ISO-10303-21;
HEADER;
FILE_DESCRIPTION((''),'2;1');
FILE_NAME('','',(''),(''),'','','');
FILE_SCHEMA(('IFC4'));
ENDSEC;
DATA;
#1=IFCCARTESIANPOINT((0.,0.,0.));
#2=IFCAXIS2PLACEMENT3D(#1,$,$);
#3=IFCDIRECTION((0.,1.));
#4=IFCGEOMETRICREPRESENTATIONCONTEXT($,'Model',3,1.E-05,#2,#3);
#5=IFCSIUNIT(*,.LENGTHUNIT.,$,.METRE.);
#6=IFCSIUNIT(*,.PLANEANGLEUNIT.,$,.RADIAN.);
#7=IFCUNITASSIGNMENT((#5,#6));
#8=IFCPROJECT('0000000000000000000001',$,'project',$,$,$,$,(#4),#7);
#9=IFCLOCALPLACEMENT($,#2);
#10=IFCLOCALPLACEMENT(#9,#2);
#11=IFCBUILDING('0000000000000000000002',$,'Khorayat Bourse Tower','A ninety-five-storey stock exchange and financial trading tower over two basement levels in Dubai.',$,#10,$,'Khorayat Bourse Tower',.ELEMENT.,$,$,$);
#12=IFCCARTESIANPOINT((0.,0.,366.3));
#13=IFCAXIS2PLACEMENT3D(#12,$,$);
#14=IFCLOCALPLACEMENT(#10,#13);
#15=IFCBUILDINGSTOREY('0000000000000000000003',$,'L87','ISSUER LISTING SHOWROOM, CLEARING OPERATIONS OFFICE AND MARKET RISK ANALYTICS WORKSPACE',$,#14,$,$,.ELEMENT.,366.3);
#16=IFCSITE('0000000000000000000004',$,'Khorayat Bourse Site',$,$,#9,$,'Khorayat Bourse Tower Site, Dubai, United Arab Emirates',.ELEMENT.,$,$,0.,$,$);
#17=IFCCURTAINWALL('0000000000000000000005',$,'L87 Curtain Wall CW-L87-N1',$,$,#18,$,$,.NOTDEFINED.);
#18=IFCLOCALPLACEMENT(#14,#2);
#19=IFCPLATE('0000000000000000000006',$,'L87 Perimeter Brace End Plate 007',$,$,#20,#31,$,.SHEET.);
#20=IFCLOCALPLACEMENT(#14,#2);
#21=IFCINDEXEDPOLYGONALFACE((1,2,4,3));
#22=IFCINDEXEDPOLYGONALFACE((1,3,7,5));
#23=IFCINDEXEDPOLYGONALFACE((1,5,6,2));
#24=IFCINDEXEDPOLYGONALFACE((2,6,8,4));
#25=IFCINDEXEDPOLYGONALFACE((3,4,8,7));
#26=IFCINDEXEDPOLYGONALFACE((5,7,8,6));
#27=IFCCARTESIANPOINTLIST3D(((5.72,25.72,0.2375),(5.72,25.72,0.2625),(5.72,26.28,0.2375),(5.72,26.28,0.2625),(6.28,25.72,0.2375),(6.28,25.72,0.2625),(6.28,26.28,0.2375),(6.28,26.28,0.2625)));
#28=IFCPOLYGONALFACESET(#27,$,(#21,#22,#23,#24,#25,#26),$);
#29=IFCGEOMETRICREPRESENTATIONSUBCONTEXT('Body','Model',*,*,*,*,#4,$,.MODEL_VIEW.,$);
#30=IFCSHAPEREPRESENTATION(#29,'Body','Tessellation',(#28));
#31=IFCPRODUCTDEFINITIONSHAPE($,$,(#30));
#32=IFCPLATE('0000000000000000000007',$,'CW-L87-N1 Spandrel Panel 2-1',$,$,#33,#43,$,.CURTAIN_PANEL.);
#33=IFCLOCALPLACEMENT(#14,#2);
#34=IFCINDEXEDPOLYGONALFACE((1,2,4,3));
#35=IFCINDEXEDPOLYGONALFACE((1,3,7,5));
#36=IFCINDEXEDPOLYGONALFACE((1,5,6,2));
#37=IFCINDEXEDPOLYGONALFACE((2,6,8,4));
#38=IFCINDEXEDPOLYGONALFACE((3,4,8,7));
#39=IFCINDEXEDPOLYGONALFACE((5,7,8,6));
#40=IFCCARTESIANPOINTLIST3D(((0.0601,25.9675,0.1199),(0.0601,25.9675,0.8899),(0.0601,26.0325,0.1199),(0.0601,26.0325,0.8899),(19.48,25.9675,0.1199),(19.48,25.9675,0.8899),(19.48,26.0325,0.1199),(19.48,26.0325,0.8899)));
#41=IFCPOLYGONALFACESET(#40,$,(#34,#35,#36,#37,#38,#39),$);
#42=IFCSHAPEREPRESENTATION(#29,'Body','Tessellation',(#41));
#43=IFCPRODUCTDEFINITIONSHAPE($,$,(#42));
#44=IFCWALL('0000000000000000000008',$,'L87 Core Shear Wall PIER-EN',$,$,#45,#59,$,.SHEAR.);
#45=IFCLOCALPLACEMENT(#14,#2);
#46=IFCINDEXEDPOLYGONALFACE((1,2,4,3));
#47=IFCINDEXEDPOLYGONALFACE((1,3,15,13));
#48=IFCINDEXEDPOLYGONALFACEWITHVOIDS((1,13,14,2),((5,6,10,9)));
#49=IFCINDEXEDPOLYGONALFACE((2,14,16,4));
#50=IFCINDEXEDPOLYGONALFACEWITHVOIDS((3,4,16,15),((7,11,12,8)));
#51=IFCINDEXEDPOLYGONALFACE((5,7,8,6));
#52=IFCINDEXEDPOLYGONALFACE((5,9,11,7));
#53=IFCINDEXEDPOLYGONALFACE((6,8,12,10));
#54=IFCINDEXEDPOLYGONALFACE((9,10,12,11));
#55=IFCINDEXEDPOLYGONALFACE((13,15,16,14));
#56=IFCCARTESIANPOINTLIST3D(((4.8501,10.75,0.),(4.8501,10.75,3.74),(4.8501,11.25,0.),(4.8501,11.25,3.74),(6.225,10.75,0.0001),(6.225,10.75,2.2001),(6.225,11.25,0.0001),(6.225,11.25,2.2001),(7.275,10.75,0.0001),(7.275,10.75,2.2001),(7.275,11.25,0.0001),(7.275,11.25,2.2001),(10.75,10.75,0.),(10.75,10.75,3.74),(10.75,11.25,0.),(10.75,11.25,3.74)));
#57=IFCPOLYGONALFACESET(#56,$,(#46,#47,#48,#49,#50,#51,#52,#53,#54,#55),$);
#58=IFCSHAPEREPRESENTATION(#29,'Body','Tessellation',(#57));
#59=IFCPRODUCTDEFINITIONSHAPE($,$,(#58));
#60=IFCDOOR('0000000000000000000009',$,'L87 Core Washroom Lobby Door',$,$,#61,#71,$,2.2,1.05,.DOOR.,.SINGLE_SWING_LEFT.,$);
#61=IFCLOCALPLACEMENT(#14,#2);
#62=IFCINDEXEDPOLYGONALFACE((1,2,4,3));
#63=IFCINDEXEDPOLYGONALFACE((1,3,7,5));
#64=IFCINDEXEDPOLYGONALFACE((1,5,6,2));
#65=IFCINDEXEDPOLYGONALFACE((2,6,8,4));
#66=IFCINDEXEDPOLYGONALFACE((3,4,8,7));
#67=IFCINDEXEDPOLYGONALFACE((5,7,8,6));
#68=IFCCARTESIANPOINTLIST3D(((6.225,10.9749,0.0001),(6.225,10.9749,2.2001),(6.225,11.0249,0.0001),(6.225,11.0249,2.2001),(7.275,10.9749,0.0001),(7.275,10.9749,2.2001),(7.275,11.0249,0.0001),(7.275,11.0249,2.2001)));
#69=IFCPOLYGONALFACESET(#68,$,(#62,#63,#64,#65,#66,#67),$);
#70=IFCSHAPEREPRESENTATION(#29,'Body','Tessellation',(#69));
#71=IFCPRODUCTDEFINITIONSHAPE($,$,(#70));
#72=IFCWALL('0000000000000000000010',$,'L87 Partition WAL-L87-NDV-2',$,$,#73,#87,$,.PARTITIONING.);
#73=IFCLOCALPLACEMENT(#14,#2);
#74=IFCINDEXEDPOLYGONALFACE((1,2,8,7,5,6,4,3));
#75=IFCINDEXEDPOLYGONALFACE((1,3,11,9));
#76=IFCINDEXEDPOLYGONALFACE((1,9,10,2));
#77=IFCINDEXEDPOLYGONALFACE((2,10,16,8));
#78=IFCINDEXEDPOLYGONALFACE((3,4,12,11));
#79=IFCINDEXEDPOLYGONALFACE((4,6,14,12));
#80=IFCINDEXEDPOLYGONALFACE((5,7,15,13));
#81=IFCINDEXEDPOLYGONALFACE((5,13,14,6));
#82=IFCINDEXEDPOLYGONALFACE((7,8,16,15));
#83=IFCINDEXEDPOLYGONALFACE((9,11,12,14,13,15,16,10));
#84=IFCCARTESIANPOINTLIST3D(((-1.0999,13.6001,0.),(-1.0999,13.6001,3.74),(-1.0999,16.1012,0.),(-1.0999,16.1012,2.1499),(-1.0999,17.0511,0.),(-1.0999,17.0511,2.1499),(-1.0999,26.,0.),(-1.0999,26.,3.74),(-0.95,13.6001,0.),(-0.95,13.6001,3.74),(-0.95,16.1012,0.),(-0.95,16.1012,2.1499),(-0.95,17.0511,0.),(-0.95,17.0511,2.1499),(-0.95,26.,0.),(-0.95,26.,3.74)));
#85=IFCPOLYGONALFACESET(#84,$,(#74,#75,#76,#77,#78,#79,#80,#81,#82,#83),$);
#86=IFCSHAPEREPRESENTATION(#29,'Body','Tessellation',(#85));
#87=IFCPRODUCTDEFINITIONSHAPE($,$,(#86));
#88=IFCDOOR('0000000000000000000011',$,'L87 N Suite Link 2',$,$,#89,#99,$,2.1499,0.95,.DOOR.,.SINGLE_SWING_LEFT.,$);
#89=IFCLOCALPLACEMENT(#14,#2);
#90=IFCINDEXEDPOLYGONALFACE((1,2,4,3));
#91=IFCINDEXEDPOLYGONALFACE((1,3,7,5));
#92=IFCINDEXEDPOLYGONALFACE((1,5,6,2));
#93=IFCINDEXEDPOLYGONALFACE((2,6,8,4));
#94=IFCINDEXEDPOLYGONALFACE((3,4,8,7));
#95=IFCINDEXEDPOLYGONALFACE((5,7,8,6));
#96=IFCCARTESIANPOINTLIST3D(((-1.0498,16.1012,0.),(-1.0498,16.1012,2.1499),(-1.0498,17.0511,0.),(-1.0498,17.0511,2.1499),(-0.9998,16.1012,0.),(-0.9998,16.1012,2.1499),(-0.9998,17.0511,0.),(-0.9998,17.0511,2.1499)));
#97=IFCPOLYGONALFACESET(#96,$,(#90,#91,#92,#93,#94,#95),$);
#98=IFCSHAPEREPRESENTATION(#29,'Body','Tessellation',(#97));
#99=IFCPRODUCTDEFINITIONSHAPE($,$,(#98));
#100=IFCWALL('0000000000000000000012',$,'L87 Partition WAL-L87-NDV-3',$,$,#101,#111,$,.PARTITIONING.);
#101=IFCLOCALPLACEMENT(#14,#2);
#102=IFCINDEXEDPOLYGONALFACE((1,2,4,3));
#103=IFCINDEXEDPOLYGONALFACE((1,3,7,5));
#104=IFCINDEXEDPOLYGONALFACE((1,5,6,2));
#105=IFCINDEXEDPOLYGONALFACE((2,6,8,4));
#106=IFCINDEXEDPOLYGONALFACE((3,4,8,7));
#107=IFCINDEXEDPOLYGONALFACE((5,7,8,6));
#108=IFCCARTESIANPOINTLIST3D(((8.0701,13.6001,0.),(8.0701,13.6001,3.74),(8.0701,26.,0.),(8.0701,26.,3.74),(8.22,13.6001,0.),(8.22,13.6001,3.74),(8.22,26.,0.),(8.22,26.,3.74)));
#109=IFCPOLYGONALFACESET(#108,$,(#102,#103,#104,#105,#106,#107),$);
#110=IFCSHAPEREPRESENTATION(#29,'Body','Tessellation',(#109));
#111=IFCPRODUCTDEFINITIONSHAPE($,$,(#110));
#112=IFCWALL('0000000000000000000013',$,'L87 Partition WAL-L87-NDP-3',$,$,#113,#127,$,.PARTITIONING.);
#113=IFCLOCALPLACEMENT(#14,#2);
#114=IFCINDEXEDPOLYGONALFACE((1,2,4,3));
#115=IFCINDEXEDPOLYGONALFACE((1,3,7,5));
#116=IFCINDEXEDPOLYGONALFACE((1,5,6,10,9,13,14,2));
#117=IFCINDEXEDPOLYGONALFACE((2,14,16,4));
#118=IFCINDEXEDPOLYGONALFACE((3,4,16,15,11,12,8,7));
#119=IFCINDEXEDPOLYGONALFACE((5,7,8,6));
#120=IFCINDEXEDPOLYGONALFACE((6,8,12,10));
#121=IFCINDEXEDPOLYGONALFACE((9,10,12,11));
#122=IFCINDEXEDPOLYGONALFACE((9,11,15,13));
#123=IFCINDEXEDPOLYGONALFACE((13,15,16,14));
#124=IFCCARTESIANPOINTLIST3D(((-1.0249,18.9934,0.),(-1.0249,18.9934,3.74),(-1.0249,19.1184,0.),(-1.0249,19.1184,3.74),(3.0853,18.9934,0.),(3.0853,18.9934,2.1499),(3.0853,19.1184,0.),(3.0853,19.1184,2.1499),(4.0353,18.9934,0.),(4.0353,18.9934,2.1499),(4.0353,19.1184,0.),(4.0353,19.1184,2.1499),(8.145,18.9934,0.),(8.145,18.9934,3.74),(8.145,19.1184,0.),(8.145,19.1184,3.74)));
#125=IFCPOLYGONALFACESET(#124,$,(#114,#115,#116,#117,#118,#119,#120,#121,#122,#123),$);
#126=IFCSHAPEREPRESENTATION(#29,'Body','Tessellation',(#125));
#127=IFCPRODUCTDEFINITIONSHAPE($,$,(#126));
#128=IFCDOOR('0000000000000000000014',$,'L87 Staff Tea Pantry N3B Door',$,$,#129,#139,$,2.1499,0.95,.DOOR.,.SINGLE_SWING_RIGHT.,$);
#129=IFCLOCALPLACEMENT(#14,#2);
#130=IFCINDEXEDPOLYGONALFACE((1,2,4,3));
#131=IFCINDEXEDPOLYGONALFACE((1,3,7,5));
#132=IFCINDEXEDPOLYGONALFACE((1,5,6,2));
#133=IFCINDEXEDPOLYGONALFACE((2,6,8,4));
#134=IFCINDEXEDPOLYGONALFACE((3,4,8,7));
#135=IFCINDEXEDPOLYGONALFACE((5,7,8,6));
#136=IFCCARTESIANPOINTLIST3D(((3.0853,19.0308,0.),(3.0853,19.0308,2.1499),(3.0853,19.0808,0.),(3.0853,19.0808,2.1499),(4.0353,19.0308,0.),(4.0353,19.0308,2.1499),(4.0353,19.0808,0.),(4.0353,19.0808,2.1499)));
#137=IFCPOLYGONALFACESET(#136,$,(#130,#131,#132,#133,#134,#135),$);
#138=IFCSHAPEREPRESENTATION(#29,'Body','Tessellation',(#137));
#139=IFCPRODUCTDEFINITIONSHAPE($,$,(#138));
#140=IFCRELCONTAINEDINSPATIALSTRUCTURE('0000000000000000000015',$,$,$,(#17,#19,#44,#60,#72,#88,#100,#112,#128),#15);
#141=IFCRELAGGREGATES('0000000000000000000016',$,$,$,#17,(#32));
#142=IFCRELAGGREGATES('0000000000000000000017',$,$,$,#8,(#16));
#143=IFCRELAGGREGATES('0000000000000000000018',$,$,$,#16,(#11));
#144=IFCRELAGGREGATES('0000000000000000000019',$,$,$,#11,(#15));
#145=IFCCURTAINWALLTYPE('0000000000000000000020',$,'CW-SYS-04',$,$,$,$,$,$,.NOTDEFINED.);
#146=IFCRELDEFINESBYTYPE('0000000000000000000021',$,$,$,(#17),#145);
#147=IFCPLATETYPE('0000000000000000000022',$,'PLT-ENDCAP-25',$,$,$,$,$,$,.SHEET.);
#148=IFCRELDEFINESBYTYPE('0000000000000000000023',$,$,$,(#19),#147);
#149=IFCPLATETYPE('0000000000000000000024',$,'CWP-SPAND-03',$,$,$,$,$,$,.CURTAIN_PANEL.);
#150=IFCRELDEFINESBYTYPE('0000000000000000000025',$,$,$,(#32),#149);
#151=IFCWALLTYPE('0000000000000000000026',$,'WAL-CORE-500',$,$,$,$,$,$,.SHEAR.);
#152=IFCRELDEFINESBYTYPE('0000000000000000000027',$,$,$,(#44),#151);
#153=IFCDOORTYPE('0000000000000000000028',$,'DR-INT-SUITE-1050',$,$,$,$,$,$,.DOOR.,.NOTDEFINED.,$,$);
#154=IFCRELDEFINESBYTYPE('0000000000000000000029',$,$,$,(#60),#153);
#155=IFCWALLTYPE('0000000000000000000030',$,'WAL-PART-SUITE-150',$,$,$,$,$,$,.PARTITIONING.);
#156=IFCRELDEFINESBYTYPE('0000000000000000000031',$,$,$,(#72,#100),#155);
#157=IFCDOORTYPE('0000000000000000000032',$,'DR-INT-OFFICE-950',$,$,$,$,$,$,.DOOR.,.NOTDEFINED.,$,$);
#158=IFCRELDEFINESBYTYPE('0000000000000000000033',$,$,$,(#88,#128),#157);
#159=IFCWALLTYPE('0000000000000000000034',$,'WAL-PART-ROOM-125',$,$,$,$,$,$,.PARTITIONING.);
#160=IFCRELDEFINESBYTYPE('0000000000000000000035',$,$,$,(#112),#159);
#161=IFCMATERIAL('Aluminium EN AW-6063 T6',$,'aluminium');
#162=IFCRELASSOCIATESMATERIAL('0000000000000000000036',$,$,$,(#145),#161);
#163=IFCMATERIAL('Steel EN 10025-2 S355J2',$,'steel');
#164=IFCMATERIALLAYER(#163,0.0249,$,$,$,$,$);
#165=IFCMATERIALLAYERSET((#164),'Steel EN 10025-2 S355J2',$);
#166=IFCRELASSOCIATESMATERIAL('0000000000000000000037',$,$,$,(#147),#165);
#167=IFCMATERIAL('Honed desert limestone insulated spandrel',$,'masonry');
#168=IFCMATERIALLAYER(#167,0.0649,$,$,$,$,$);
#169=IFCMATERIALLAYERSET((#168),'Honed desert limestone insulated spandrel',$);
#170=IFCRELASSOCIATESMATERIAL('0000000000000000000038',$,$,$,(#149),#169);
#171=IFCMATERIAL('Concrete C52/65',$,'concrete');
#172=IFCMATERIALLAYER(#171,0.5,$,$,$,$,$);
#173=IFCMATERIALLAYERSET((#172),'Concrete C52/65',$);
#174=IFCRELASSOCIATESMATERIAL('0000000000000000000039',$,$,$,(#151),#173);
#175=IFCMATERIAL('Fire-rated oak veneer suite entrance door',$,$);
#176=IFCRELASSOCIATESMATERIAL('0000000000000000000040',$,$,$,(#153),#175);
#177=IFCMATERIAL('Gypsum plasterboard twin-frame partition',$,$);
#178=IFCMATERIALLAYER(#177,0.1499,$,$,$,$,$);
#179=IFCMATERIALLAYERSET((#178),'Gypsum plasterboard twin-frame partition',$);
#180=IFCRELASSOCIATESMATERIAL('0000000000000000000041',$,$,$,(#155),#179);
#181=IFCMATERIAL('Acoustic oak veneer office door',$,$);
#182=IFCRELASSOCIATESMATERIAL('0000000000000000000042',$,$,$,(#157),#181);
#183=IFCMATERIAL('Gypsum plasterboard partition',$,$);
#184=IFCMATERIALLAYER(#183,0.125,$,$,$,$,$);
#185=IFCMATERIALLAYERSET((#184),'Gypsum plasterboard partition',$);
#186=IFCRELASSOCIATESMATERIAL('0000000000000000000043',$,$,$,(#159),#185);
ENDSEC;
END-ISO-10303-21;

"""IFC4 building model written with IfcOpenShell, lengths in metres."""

from ifc_helpers import new_model, si_unit, direction, frame, frame_2d, origin, origin_2d, place, context, subcontext, project, spatial, rectangle, extrude, source, transform, mapped, material, layer, layer_set, type_object, element, fill, aggregate, save


model = new_model("IFC4")

# Units and contexts
model_context = context("Model", 3, precision=1e-05, world=origin(), true_north=direction((0.0, 1.0)))
body_context = subcontext(model_context, "Body", "Model", "MODEL_VIEW")
ifc_project = project(units=[si_unit("LENGTHUNIT", "METRE"), si_unit("PLANEANGLEUNIT", "RADIAN")], contexts=[model_context])

# Site, building, storey
site_placement = place(None, origin())
site = spatial("IfcSite", under=ifc_project, at=site_placement, Name="Khorayat Bourse Site", LongName="Khorayat Bourse Tower Site, Dubai, United Arab Emirates", CompositionType="ELEMENT", RefElevation=0.0)
building_placement = place(site_placement, origin())
building = spatial("IfcBuilding", under=site, at=building_placement, Name="Khorayat Bourse Tower", Description="A ninety-five-storey stock exchange and financial trading tower over two basement levels in Dubai.", LongName="Khorayat Bourse Tower", CompositionType="ELEMENT")
storey_placement = place(building_placement, frame((0.0, 0.0, 366.3)))
storey = spatial("IfcBuildingStorey", under=building, at=storey_placement, Name="L87", Description="ISSUER LISTING SHOWROOM, CLEARING OPERATIONS OFFICE AND MARKET RISK ANALYTICS WORKSPACE", CompositionType="ELEMENT", Elevation=366.3)

# Shared definitions
ifc_material_1 = material(Name="Concrete C52/65", Category="concrete")
ifc_material_2 = material(Name="Steel EN 10025-2 S355J2", Category="steel")

# Curtain wall
ifc_material_3 = material(Name="Aluminium EN AW-6063 T6", Category="aluminium")
curtain_wall_type = type_object("IfcCurtainWallType", Name="CW-SYS-04", PredefinedType="NOTDEFINED", material=ifc_material_3)
curtain_wall_placement = place(storey_placement, origin())
curtain_wall = element("IfcCurtainWall", 1, at=curtain_wall_placement, inside=storey, type_object=curtain_wall_type, Name="L87 Curtain Wall CW-L87-N1", PredefinedType="NOTDEFINED")

# Plates
ifc_layer_1 = layer(ifc_material_2, 0.0249)
ifc_layer_set_1 = layer_set([ifc_layer_1], Name="Steel EN 10025-2 S355J2")
plate_type_1 = type_object("IfcPlateType", Name="PLT-ENDCAP-25", PredefinedType="SHEET", material=ifc_layer_set_1)
shared_shape_1 = source(origin(), body_context, "Body", "SweptSolid", [
    extrude(rectangle(XDim=0.5601, YDim=0.5601, at=origin_2d()), origin(), (0.0, 0.0, 1.0), 0.0249),
])
plate_1_placement = place(storey_placement, frame((6.0, 26.0, 0.2375), z_axis=(0.0, 0.0, 1.0), x_axis=(1.0, 0.0, 0.0)))
element("IfcPlate", 2, at=plate_1_placement, inside=storey, type_object=plate_type_1, Name="L87 Perimeter Brace End Plate 007", PredefinedType="SHEET", context=body_context, shape_type="MappedRepresentation", body=[
    mapped(shared_shape_1, transform((0.0, 0.0, 0.0), scale=1.0)),
])
ifc_material_4 = material(Name="Honed desert limestone insulated spandrel", Category="masonry")
ifc_layer_2 = layer(ifc_material_4, 0.0649)
ifc_layer_set_2 = layer_set([ifc_layer_2], Name="Honed desert limestone insulated spandrel")
plate_type_2 = type_object("IfcPlateType", Name="CWP-SPAND-03", PredefinedType="CURTAIN_PANEL", material=ifc_layer_set_2)
shared_shape_2 = source(origin(), body_context, "Body", "SweptSolid", [
    extrude(rectangle(XDim=19.4199, YDim=0.0649, at=origin_2d()), origin(), (0.0, 0.0, 1.0), 0.77),
])
plate_2_placement = place(storey_placement, frame((9.77, 26.0, 0.1199), z_axis=(0.0, 0.0, 1.0), x_axis=(1.0, 0.0, 0.0)))
plate_2 = element("IfcPlate", 3, at=plate_2_placement, type_object=plate_type_2, Name="CW-L87-N1 Spandrel Panel 2-1", PredefinedType="CURTAIN_PANEL", context=body_context, shape_type="MappedRepresentation", body=[
    mapped(shared_shape_2, transform((0.0, 0.0, 0.0), scale=1.0)),
])
aggregate(curtain_wall, [plate_2])

# Walls, openings, doors
ifc_layer_3 = layer(ifc_material_1, 0.5)
ifc_layer_set_3 = layer_set([ifc_layer_3], Name="Concrete C52/65")
wall_type_1 = type_object("IfcWallType", Name="WAL-CORE-500", PredefinedType="SHEAR", material=ifc_layer_set_3)
shared_shape_3 = source(origin(), body_context, "Body", "SweptSolid", [
    extrude(rectangle(XDim=5.8999, YDim=0.5, at=frame_2d((2.95, 0.0))), origin(), (0.0, 0.0, 1.0), 3.74),
])
wall_1_placement = place(storey_placement, frame((4.8501, 11.0, 0.0), z_axis=(0.0, 0.0, 1.0), x_axis=(1.0, 0.0, 0.0)))
wall_1 = element("IfcWall", 4, at=wall_1_placement, inside=storey, type_object=wall_type_1, Name="L87 Core Shear Wall PIER-EN", PredefinedType="SHEAR", context=body_context, shape_type="MappedRepresentation", body=[
    mapped(shared_shape_3, transform((0.0, 0.0, 0.0), scale=1.0)),
])
shared_shape_4 = source(origin(), body_context, "Body", "SweptSolid", [
    extrude(rectangle(XDim=1.05, YDim=2.2, at=frame_2d((0.5249, 1.1001))), frame((0.0, 0.26, 0.0), z_axis=(0.0, -1.0, 0.0), x_axis=(1.0, 0.0, 0.0)), (0.0, 0.0, 1.0), 0.52),
])
opening_1_placement = place(wall_1_placement, frame((1.375, 0.0, 0.0)))
opening_1 = element("IfcOpeningElement", 5, at=opening_1_placement, cuts=wall_1, PredefinedType="OPENING", context=body_context, shape_type="MappedRepresentation", body=[
    mapped(shared_shape_4, transform((0.0, 0.0, 0.0), scale=1.0)),
])
ifc_material_5 = material(Name="Fire-rated oak veneer suite entrance door")
door_type_1 = type_object("IfcDoorType", Name="DR-INT-SUITE-1050", OperationType="NOTDEFINED", PredefinedType="DOOR", material=ifc_material_5)
shared_shape_5 = source(origin(), body_context, "Body", "SweptSolid", [
    extrude(rectangle(XDim=1.05, YDim=2.2, at=frame_2d((0.5249, 1.1001))), frame((0.0, 0.0249, 0.0), z_axis=(0.0, -1.0, 0.0), x_axis=(1.0, 0.0, 0.0)), (0.0, 0.0, 1.0), 0.05),
])
door_1_placement = place(opening_1_placement, origin())
door_1 = element("IfcDoor", 6, at=door_1_placement, inside=storey, type_object=door_type_1, Name="L87 Core Washroom Lobby Door", OperationType="SINGLE_SWING_LEFT", OverallHeight=2.2, OverallWidth=1.05, PredefinedType="DOOR", context=body_context, shape_type="MappedRepresentation", body=[
    mapped(shared_shape_5, transform((0.0, 0.0, 0.0), scale=1.0)),
])
fill(opening_1, door_1)
ifc_material_6 = material(Name="Gypsum plasterboard twin-frame partition")
ifc_layer_4 = layer(ifc_material_6, 0.1499)
ifc_layer_set_4 = layer_set([ifc_layer_4], Name="Gypsum plasterboard twin-frame partition")
wall_type_2 = type_object("IfcWallType", Name="WAL-PART-SUITE-150", PredefinedType="PARTITIONING", material=ifc_layer_set_4)
shared_shape_6 = source(origin(), body_context, "Body", "SweptSolid", [
    extrude(rectangle(XDim=12.3999, YDim=0.1499, at=frame_2d((6.2, 0.0))), origin(), (0.0, 0.0, 1.0), 3.74),
])
wall_2_placement = place(storey_placement, frame((-1.0249, 13.6001, 0.0), z_axis=(0.0, 0.0, 1.0), x_axis=(0.0, 1.0, 0.0)))
wall_2 = element("IfcWall", 7, at=wall_2_placement, inside=storey, type_object=wall_type_2, Name="L87 Partition WAL-L87-NDV-2", PredefinedType="PARTITIONING", context=body_context, shape_type="MappedRepresentation", body=[
    mapped(shared_shape_6, transform((0.0, 0.0, 0.0), scale=1.0)),
])
shared_shape_7 = source(origin(), body_context, "Body", "SweptSolid", [
    extrude(rectangle(XDim=0.95, YDim=2.1499, at=frame_2d((0.4751, 1.075))), frame((0.0, 0.085, 0.0), z_axis=(0.0, -1.0, 0.0), x_axis=(1.0, 0.0, 0.0)), (0.0, 0.0, 1.0), 0.1699),
])
opening_2_placement = place(wall_2_placement, frame((2.501, 0.0, 0.0)))
opening_2 = element("IfcOpeningElement", 8, at=opening_2_placement, cuts=wall_2, PredefinedType="OPENING", context=body_context, shape_type="MappedRepresentation", body=[
    mapped(shared_shape_7, transform((0.0, 0.0, 0.0), scale=1.0)),
])
ifc_material_7 = material(Name="Acoustic oak veneer office door")
door_type_2 = type_object("IfcDoorType", Name="DR-INT-OFFICE-950", OperationType="NOTDEFINED", PredefinedType="DOOR", material=ifc_material_7)
shared_shape_8 = source(origin(), body_context, "Body", "SweptSolid", [
    extrude(rectangle(XDim=0.95, YDim=2.1499, at=frame_2d((0.4751, 1.075))), frame((0.0, 0.0249, 0.0), z_axis=(0.0, -1.0, 0.0), x_axis=(1.0, 0.0, 0.0)), (0.0, 0.0, 1.0), 0.05),
])
door_2_placement = place(opening_2_placement, origin())
door_2 = element("IfcDoor", 9, at=door_2_placement, inside=storey, type_object=door_type_2, Name="L87 N Suite Link 2", OperationType="SINGLE_SWING_LEFT", OverallHeight=2.1499, OverallWidth=0.95, PredefinedType="DOOR", context=body_context, shape_type="MappedRepresentation", body=[
    mapped(shared_shape_8, transform((0.0, 0.0, 0.0), scale=1.0)),
])
fill(opening_2, door_2)

# Wall
wall_3_placement = place(storey_placement, frame((8.145, 13.6001, 0.0), z_axis=(0.0, 0.0, 1.0), x_axis=(0.0, 1.0, 0.0)))
element("IfcWall", 10, at=wall_3_placement, inside=storey, type_object=wall_type_2, Name="L87 Partition WAL-L87-NDV-3", PredefinedType="PARTITIONING", context=body_context, shape_type="MappedRepresentation", body=[
    mapped(shared_shape_6, transform((0.0, 0.0, 0.0), scale=1.0)),
])

# Wall, opening, door
ifc_material_8 = material(Name="Gypsum plasterboard partition")
ifc_layer_5 = layer(ifc_material_8, 0.125)
ifc_layer_set_5 = layer_set([ifc_layer_5], Name="Gypsum plasterboard partition")
wall_type_3 = type_object("IfcWallType", Name="WAL-PART-ROOM-125", PredefinedType="PARTITIONING", material=ifc_layer_set_5)
shared_shape_9 = source(origin(), body_context, "Body", "SweptSolid", [
    extrude(rectangle(XDim=9.1699, YDim=0.125, at=frame_2d((4.585, 0.0))), origin(), (0.0, 0.0, 1.0), 3.74),
])
wall_4_placement = place(storey_placement, frame((-1.0249, 19.0559, 0.0), z_axis=(0.0, 0.0, 1.0), x_axis=(1.0, 0.0, 0.0)))
wall_4 = element("IfcWall", 11, at=wall_4_placement, inside=storey, type_object=wall_type_3, Name="L87 Partition WAL-L87-NDP-3", PredefinedType="PARTITIONING", context=body_context, shape_type="MappedRepresentation", body=[
    mapped(shared_shape_9, transform((0.0, 0.0, 0.0), scale=1.0)),
])
shared_shape_10 = source(origin(), body_context, "Body", "SweptSolid", [
    extrude(rectangle(XDim=0.95, YDim=2.1499, at=frame_2d((0.4751, 1.075))), frame((0.0, 0.0725, 0.0), z_axis=(0.0, -1.0, 0.0), x_axis=(1.0, 0.0, 0.0)), (0.0, 0.0, 1.0), 0.145),
])
opening_3_placement = place(wall_4_placement, frame((4.1101, 0.0, 0.0)))
opening_3 = element("IfcOpeningElement", 12, at=opening_3_placement, cuts=wall_4, PredefinedType="OPENING", context=body_context, shape_type="MappedRepresentation", body=[
    mapped(shared_shape_10, transform((0.0, 0.0, 0.0), scale=1.0)),
])
door_3_placement = place(opening_3_placement, origin())
door_3 = element("IfcDoor", 13, at=door_3_placement, inside=storey, type_object=door_type_2, Name="L87 Staff Tea Pantry N3B Door", OperationType="SINGLE_SWING_RIGHT", OverallHeight=2.1499, OverallWidth=0.95, PredefinedType="DOOR", context=body_context, shape_type="MappedRepresentation", body=[
    mapped(shared_shape_8, transform((0.0, 0.0, 0.0), scale=1.0)),
])
fill(opening_3, door_3)

save(model, "model.ifc")
